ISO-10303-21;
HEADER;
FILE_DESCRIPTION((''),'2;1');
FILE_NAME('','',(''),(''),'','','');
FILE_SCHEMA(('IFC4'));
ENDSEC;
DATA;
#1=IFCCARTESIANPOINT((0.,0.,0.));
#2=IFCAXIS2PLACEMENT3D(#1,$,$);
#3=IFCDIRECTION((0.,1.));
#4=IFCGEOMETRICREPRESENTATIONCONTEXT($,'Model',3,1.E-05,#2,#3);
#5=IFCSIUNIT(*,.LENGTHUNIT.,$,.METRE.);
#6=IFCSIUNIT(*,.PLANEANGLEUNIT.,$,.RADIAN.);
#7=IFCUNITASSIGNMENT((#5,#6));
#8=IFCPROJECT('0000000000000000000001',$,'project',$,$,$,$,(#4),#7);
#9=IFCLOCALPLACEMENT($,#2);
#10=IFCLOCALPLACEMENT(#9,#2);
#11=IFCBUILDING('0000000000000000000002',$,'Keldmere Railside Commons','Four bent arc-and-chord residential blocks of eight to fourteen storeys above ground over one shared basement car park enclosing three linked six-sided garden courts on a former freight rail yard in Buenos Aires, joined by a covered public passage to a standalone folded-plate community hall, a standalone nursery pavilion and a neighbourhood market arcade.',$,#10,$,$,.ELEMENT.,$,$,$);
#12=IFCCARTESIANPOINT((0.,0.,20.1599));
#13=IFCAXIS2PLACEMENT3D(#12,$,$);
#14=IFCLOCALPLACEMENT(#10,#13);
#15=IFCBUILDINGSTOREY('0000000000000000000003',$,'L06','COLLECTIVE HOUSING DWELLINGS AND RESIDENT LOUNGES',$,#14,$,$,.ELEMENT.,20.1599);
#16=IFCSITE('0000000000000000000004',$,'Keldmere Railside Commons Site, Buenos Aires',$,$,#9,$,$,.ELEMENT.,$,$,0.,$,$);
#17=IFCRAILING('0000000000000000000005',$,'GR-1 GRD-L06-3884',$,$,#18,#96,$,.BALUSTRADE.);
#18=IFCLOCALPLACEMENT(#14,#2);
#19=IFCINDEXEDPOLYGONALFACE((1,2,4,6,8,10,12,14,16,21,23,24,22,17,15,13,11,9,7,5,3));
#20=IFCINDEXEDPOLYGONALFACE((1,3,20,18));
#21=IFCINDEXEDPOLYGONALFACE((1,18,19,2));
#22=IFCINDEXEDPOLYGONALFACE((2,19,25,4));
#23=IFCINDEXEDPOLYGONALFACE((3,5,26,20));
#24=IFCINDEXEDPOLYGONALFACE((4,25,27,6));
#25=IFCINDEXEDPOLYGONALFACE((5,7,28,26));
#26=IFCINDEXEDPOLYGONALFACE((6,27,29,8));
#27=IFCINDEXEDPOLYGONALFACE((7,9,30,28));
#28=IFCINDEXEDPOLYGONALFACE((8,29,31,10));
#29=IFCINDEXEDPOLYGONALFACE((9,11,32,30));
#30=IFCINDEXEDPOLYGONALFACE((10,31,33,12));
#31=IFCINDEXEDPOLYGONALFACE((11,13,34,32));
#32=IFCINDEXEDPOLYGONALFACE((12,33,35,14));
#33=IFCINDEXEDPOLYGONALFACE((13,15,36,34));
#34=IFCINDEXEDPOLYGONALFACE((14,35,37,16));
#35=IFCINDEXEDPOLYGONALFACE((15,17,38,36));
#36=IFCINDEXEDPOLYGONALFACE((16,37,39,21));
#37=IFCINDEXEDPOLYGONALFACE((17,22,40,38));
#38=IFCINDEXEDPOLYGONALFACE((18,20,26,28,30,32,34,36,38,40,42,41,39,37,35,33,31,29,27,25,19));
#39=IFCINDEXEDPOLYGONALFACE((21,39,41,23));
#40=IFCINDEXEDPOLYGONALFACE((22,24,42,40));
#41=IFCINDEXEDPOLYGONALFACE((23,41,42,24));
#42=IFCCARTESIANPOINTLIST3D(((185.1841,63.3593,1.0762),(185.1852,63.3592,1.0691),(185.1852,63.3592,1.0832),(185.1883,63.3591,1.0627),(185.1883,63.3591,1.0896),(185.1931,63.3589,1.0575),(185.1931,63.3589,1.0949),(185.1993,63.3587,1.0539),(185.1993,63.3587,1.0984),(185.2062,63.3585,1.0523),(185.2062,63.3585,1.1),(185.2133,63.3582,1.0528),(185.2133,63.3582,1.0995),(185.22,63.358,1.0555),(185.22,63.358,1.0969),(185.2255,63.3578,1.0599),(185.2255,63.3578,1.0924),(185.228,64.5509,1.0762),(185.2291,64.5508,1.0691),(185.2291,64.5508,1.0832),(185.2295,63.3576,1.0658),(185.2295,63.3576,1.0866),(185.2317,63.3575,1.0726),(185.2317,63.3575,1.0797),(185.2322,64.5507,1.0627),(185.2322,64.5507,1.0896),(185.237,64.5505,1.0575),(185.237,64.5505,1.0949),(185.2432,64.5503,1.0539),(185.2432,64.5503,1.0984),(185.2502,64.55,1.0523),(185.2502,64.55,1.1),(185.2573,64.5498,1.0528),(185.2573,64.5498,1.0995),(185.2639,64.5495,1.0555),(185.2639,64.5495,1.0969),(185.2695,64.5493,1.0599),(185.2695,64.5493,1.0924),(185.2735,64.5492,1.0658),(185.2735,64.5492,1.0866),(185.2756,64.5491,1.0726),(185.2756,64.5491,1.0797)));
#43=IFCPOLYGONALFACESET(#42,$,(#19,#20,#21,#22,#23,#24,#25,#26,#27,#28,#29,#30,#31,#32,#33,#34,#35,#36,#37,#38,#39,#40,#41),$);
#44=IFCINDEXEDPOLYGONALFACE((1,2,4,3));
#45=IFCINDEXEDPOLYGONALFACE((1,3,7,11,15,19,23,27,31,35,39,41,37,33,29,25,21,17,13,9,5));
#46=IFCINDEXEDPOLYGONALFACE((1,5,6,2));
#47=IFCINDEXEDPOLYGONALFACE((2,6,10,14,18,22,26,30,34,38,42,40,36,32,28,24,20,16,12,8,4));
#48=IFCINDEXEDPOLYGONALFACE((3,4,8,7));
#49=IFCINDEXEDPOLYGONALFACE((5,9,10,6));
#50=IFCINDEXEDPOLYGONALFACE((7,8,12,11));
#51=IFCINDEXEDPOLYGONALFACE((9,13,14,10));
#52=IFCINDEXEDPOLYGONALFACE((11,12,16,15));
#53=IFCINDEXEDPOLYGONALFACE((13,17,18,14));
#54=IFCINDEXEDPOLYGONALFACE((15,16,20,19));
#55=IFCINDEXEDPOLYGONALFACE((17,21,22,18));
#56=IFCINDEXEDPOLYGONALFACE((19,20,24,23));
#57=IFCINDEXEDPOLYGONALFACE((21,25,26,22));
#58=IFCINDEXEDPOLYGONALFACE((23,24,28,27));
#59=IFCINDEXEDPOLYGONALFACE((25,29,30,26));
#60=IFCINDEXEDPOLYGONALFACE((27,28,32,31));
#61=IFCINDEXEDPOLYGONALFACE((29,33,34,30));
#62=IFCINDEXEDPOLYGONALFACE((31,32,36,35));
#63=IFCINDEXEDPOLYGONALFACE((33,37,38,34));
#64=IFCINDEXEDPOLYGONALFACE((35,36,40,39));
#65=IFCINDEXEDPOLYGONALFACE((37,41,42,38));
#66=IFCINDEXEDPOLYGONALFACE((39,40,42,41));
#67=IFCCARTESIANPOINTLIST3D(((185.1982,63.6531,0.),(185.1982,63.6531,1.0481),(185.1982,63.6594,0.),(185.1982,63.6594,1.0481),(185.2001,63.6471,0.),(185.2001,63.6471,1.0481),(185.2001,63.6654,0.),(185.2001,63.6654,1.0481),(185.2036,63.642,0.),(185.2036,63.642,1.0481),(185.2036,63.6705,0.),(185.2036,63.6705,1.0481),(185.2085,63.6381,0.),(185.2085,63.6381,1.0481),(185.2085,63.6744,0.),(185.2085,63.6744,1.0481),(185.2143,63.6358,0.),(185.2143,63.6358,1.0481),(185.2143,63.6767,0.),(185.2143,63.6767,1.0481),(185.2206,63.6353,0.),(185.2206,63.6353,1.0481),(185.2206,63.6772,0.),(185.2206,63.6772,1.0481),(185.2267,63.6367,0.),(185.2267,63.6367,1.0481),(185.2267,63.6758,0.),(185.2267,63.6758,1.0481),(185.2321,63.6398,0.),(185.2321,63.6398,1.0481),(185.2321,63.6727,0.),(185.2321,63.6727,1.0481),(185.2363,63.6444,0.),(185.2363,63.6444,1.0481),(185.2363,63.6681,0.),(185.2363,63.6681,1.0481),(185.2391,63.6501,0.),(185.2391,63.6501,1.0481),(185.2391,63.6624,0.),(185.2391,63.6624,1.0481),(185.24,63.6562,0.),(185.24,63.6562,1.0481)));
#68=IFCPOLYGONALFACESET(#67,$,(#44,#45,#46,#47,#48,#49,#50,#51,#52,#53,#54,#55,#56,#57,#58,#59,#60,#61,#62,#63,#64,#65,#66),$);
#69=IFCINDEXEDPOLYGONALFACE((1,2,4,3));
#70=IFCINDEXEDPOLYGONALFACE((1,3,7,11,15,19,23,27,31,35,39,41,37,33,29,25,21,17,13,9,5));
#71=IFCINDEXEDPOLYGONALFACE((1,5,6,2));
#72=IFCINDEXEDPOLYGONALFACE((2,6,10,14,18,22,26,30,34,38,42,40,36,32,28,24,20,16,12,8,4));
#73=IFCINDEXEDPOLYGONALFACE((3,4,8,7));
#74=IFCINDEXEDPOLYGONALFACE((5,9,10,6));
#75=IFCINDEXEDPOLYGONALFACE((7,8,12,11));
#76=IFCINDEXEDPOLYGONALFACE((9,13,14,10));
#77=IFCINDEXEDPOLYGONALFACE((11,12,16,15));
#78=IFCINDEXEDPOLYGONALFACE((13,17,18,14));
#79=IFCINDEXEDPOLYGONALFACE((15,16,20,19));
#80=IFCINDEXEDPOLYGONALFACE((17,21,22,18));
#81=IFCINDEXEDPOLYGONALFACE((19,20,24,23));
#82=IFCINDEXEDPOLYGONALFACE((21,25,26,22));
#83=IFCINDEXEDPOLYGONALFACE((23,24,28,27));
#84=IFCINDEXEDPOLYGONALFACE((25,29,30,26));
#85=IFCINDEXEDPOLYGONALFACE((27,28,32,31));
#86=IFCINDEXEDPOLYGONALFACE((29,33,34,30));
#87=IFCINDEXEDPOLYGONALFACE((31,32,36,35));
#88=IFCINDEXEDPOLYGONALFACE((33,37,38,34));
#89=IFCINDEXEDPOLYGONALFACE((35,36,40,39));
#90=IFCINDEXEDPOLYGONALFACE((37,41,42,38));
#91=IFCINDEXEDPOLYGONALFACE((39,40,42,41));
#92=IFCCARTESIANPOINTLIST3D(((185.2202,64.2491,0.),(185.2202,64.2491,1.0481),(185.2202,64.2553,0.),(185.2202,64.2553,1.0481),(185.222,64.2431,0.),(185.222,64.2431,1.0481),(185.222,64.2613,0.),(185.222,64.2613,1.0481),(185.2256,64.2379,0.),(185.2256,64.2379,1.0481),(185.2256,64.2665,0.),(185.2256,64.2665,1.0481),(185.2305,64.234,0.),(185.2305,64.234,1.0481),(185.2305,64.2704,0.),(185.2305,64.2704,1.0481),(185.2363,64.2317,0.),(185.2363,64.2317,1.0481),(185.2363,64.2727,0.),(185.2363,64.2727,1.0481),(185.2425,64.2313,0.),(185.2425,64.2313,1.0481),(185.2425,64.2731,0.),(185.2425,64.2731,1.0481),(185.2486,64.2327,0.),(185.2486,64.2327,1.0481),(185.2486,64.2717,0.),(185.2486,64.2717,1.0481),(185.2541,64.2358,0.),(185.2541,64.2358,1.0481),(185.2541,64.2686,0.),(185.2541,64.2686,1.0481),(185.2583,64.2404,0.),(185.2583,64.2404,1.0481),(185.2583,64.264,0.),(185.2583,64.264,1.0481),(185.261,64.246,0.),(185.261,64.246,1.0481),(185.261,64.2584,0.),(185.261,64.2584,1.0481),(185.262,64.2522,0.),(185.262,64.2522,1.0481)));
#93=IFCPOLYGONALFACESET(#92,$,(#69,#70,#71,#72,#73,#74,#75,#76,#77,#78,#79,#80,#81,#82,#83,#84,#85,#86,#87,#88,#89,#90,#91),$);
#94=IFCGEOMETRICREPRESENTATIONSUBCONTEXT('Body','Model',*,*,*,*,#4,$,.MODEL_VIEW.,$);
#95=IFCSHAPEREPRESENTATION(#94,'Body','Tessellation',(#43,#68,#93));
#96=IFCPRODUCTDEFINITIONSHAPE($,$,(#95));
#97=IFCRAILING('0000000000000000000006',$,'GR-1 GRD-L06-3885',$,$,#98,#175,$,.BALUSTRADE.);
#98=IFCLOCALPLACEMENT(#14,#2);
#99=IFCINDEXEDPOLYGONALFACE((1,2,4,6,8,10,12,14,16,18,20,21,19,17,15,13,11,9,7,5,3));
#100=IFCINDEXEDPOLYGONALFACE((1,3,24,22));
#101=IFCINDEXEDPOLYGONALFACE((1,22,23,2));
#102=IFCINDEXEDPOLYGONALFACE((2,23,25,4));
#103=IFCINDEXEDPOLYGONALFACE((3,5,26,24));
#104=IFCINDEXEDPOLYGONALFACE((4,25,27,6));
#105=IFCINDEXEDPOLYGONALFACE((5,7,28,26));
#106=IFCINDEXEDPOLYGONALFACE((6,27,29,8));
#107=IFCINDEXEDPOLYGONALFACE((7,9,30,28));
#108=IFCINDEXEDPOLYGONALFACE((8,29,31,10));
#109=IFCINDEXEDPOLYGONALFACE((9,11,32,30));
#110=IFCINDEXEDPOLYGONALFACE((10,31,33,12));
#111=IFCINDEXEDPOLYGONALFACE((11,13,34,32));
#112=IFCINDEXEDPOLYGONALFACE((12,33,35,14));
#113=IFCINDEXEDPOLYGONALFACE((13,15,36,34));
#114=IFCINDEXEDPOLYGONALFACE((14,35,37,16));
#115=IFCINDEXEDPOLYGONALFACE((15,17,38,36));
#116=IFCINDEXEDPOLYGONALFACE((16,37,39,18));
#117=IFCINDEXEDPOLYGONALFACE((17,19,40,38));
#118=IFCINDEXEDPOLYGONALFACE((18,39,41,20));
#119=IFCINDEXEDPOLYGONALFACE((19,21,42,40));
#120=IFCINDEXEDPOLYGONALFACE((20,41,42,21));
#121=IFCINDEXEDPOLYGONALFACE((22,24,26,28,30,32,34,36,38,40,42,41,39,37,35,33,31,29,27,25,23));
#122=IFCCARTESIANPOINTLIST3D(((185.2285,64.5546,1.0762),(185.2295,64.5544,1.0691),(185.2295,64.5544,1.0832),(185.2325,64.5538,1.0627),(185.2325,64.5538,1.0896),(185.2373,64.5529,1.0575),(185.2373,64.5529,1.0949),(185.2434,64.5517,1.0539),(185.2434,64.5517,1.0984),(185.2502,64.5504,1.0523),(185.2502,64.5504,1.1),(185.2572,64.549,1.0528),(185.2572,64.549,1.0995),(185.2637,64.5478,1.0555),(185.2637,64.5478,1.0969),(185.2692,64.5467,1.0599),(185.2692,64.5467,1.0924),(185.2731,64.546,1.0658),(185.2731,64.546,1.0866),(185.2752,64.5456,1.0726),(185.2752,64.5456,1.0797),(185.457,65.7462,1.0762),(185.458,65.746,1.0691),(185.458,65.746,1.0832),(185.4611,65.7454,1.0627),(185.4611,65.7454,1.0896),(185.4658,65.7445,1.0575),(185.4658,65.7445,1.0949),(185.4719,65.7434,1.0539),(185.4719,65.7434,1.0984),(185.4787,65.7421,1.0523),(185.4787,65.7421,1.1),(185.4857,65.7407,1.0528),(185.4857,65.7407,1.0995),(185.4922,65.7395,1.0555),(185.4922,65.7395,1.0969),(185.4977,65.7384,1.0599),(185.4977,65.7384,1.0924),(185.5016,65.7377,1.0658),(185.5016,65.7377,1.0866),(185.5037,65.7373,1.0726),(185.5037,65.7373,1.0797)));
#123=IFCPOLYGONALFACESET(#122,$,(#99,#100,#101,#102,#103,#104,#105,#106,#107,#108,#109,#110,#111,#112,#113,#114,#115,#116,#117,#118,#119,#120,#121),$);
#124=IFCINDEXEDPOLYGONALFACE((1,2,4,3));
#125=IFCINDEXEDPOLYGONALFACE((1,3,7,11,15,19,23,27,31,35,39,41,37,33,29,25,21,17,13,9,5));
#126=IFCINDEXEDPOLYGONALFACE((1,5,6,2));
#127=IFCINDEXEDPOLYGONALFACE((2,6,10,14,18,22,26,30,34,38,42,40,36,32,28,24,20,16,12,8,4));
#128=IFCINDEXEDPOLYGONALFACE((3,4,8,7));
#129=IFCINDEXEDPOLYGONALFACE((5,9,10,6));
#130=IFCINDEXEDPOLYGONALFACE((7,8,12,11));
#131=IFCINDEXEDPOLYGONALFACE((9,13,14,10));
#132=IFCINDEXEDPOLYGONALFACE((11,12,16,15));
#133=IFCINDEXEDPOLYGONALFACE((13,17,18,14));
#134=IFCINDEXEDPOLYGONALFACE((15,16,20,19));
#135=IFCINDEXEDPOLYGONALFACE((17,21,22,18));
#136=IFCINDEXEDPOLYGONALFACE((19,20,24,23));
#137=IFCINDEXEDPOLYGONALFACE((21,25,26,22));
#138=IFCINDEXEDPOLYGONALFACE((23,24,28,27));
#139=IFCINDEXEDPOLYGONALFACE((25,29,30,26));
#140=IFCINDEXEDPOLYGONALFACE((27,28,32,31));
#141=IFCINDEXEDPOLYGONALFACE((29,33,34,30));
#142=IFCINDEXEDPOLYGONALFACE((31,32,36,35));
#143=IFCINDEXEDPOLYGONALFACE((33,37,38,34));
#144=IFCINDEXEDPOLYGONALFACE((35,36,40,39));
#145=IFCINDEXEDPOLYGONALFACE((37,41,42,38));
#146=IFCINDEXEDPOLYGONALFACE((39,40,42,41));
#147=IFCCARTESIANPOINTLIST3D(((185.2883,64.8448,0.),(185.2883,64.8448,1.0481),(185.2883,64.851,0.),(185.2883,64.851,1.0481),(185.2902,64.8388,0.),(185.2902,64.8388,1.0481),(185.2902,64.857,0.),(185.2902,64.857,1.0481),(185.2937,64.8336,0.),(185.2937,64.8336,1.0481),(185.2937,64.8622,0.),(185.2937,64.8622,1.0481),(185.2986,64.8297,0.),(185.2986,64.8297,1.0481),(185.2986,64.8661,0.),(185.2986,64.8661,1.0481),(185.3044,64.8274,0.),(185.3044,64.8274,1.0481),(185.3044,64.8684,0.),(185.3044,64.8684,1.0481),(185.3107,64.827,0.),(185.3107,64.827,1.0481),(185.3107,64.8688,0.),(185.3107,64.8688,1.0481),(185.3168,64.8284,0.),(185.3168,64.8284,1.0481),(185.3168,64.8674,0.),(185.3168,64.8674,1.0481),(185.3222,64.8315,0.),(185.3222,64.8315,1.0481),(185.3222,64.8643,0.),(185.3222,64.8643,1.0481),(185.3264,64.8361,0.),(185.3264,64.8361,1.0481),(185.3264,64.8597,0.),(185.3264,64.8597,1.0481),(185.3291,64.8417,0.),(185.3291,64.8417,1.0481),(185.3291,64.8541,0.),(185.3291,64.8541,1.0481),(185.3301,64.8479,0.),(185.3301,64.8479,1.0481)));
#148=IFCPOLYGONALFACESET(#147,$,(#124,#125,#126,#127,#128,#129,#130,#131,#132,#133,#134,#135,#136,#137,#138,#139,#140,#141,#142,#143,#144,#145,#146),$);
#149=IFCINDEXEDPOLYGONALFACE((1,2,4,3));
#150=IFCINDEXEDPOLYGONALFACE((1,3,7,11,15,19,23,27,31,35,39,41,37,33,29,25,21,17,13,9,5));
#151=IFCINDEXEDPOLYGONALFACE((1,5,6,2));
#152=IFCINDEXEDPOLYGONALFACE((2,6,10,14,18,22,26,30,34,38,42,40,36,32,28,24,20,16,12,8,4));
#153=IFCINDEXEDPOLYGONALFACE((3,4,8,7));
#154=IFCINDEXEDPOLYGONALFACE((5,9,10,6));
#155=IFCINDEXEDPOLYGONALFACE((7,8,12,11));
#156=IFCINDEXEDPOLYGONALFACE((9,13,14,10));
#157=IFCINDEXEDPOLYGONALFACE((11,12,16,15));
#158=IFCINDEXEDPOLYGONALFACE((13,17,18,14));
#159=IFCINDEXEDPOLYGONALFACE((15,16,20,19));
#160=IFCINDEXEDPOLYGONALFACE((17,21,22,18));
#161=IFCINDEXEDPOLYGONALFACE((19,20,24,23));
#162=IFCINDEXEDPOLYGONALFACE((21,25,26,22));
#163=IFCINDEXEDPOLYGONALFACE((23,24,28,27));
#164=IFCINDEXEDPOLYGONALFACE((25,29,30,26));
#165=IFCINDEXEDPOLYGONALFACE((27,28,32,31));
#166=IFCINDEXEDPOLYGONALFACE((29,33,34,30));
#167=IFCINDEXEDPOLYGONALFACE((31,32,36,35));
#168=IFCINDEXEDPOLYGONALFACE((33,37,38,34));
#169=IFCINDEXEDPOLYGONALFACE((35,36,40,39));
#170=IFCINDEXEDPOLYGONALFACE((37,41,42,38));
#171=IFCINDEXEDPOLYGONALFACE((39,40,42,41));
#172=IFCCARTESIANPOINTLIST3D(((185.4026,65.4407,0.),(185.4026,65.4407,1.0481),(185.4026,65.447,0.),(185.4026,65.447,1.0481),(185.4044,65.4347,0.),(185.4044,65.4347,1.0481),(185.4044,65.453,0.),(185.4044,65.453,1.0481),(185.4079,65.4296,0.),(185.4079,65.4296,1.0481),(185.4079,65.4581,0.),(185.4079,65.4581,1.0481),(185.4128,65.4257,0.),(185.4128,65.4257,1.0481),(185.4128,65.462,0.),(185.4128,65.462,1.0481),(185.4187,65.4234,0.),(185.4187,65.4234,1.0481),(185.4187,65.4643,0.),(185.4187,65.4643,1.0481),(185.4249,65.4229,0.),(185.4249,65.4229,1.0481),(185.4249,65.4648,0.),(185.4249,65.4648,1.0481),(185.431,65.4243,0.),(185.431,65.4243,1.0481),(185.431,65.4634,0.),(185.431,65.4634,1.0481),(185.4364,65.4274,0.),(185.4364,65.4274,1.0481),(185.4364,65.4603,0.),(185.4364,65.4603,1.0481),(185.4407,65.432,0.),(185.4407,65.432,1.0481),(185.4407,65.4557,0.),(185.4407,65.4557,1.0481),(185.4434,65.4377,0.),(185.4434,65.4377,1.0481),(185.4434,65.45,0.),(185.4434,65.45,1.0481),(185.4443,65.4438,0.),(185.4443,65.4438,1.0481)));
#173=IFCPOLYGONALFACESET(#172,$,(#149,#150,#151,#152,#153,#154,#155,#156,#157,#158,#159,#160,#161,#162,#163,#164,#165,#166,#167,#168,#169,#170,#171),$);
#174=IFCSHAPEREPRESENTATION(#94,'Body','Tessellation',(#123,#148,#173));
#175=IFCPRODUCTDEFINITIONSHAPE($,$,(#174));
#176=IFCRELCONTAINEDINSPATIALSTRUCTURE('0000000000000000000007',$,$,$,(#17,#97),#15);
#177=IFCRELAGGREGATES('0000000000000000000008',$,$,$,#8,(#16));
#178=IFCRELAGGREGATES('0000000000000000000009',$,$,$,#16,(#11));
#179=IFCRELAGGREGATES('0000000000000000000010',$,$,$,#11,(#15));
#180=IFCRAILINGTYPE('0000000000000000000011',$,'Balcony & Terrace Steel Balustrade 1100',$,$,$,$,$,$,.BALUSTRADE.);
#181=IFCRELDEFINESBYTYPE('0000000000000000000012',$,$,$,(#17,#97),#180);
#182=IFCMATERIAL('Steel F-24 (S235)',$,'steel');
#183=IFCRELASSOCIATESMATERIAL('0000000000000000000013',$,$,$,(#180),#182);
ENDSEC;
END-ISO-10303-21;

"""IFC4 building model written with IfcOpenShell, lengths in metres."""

from ifc_helpers import new_model, si_unit, direction, frame, origin, origin_2d, place, context, subcontext, project, spatial, circle, extrude, material, type_object, element, save


model = new_model("IFC4")

# Units and contexts
model_context = context("Model", 3, precision=1e-05, world=origin(), true_north=direction((0.0, 1.0)))
body_context = subcontext(model_context, "Body", "Model", "MODEL_VIEW")
ifc_project = project(units=[si_unit("LENGTHUNIT", "METRE"), si_unit("PLANEANGLEUNIT", "RADIAN")], contexts=[model_context])

# Site, building, storey
site_placement = place(None, origin())
site = spatial("IfcSite", under=ifc_project, at=site_placement, Name="Keldmere Railside Commons Site, Buenos Aires", CompositionType="ELEMENT", RefElevation=0.0)
building_placement = place(site_placement, origin())
building = spatial("IfcBuilding", under=site, at=building_placement, Name="Keldmere Railside Commons", Description="Four bent arc-and-chord residential blocks of eight to fourteen storeys above ground over one shared basement car park enclosing three linked six-sided garden courts on a former freight rail yard in Buenos Aires, joined by a covered public passage to a standalone folded-plate community hall, a standalone nursery pavilion and a neighbourhood market arcade.", CompositionType="ELEMENT")
storey_placement = place(building_placement, frame((0.0, 0.0, 20.1599)))
storey = spatial("IfcBuildingStorey", under=building, at=storey_placement, Name="L06", Description="COLLECTIVE HOUSING DWELLINGS AND RESIDENT LOUNGES", CompositionType="ELEMENT", Elevation=20.1599)

# Railings
ifc_material_1 = material(Name="Steel F-24 (S235)", Category="steel")
railing_type = type_object("IfcRailingType", Name="Balcony & Terrace Steel Balustrade 1100", PredefinedType="BALUSTRADE", material=ifc_material_1)
railing_1_placement = place(storey_placement, frame((185.208, 63.3584, 0.0)))
element("IfcRailing", 1, at=railing_1_placement, inside=storey, type_object=railing_type, Name="GR-1 GRD-L06-3884", PredefinedType="BALUSTRADE", context=body_context, shape_type="SweptSolid", body=[
    extrude(circle(Radius=0.0239, at=origin_2d()), frame((0.0, 0.0, 1.0762), z_axis=(0.036853, 0.999321, 0.0), x_axis=(-0.999321, 0.036853, 0.0)), (0.0, 0.0, 1.0), 1.1924),
    extrude(circle(Radius=0.021, at=origin_2d()), frame((0.011, 0.2979, 0.0)), (0.0, 0.0, 1.0), 1.0481),
    extrude(circle(Radius=0.021, at=origin_2d()), frame((0.033, 0.8938, 0.0)), (0.0, 0.0, 1.0), 1.0481),
])
railing_2_placement = place(storey_placement, frame((185.252, 64.55, 0.0)))
element("IfcRailing", 2, at=railing_2_placement, inside=storey, type_object=railing_type, Name="GR-1 GRD-L06-3885", PredefinedType="BALUSTRADE", context=body_context, shape_type="SweptSolid", body=[
    extrude(circle(Radius=0.0239, at=origin_2d()), frame((0.0, 0.0, 1.0762), z_axis=(0.188332, 0.982105, 0.0), x_axis=(-0.982105, 0.188332, 0.0)), (0.0, 0.0, 1.0), 1.2134),
    extrude(circle(Radius=0.021, at=origin_2d()), frame((0.0571, 0.2979, 0.0)), (0.0, 0.0, 1.0), 1.0481),
    extrude(circle(Radius=0.021, at=origin_2d()), frame((0.1714, 0.8938, 0.0)), (0.0, 0.0, 1.0), 1.0481),
])

save(model, "model.ifc")
